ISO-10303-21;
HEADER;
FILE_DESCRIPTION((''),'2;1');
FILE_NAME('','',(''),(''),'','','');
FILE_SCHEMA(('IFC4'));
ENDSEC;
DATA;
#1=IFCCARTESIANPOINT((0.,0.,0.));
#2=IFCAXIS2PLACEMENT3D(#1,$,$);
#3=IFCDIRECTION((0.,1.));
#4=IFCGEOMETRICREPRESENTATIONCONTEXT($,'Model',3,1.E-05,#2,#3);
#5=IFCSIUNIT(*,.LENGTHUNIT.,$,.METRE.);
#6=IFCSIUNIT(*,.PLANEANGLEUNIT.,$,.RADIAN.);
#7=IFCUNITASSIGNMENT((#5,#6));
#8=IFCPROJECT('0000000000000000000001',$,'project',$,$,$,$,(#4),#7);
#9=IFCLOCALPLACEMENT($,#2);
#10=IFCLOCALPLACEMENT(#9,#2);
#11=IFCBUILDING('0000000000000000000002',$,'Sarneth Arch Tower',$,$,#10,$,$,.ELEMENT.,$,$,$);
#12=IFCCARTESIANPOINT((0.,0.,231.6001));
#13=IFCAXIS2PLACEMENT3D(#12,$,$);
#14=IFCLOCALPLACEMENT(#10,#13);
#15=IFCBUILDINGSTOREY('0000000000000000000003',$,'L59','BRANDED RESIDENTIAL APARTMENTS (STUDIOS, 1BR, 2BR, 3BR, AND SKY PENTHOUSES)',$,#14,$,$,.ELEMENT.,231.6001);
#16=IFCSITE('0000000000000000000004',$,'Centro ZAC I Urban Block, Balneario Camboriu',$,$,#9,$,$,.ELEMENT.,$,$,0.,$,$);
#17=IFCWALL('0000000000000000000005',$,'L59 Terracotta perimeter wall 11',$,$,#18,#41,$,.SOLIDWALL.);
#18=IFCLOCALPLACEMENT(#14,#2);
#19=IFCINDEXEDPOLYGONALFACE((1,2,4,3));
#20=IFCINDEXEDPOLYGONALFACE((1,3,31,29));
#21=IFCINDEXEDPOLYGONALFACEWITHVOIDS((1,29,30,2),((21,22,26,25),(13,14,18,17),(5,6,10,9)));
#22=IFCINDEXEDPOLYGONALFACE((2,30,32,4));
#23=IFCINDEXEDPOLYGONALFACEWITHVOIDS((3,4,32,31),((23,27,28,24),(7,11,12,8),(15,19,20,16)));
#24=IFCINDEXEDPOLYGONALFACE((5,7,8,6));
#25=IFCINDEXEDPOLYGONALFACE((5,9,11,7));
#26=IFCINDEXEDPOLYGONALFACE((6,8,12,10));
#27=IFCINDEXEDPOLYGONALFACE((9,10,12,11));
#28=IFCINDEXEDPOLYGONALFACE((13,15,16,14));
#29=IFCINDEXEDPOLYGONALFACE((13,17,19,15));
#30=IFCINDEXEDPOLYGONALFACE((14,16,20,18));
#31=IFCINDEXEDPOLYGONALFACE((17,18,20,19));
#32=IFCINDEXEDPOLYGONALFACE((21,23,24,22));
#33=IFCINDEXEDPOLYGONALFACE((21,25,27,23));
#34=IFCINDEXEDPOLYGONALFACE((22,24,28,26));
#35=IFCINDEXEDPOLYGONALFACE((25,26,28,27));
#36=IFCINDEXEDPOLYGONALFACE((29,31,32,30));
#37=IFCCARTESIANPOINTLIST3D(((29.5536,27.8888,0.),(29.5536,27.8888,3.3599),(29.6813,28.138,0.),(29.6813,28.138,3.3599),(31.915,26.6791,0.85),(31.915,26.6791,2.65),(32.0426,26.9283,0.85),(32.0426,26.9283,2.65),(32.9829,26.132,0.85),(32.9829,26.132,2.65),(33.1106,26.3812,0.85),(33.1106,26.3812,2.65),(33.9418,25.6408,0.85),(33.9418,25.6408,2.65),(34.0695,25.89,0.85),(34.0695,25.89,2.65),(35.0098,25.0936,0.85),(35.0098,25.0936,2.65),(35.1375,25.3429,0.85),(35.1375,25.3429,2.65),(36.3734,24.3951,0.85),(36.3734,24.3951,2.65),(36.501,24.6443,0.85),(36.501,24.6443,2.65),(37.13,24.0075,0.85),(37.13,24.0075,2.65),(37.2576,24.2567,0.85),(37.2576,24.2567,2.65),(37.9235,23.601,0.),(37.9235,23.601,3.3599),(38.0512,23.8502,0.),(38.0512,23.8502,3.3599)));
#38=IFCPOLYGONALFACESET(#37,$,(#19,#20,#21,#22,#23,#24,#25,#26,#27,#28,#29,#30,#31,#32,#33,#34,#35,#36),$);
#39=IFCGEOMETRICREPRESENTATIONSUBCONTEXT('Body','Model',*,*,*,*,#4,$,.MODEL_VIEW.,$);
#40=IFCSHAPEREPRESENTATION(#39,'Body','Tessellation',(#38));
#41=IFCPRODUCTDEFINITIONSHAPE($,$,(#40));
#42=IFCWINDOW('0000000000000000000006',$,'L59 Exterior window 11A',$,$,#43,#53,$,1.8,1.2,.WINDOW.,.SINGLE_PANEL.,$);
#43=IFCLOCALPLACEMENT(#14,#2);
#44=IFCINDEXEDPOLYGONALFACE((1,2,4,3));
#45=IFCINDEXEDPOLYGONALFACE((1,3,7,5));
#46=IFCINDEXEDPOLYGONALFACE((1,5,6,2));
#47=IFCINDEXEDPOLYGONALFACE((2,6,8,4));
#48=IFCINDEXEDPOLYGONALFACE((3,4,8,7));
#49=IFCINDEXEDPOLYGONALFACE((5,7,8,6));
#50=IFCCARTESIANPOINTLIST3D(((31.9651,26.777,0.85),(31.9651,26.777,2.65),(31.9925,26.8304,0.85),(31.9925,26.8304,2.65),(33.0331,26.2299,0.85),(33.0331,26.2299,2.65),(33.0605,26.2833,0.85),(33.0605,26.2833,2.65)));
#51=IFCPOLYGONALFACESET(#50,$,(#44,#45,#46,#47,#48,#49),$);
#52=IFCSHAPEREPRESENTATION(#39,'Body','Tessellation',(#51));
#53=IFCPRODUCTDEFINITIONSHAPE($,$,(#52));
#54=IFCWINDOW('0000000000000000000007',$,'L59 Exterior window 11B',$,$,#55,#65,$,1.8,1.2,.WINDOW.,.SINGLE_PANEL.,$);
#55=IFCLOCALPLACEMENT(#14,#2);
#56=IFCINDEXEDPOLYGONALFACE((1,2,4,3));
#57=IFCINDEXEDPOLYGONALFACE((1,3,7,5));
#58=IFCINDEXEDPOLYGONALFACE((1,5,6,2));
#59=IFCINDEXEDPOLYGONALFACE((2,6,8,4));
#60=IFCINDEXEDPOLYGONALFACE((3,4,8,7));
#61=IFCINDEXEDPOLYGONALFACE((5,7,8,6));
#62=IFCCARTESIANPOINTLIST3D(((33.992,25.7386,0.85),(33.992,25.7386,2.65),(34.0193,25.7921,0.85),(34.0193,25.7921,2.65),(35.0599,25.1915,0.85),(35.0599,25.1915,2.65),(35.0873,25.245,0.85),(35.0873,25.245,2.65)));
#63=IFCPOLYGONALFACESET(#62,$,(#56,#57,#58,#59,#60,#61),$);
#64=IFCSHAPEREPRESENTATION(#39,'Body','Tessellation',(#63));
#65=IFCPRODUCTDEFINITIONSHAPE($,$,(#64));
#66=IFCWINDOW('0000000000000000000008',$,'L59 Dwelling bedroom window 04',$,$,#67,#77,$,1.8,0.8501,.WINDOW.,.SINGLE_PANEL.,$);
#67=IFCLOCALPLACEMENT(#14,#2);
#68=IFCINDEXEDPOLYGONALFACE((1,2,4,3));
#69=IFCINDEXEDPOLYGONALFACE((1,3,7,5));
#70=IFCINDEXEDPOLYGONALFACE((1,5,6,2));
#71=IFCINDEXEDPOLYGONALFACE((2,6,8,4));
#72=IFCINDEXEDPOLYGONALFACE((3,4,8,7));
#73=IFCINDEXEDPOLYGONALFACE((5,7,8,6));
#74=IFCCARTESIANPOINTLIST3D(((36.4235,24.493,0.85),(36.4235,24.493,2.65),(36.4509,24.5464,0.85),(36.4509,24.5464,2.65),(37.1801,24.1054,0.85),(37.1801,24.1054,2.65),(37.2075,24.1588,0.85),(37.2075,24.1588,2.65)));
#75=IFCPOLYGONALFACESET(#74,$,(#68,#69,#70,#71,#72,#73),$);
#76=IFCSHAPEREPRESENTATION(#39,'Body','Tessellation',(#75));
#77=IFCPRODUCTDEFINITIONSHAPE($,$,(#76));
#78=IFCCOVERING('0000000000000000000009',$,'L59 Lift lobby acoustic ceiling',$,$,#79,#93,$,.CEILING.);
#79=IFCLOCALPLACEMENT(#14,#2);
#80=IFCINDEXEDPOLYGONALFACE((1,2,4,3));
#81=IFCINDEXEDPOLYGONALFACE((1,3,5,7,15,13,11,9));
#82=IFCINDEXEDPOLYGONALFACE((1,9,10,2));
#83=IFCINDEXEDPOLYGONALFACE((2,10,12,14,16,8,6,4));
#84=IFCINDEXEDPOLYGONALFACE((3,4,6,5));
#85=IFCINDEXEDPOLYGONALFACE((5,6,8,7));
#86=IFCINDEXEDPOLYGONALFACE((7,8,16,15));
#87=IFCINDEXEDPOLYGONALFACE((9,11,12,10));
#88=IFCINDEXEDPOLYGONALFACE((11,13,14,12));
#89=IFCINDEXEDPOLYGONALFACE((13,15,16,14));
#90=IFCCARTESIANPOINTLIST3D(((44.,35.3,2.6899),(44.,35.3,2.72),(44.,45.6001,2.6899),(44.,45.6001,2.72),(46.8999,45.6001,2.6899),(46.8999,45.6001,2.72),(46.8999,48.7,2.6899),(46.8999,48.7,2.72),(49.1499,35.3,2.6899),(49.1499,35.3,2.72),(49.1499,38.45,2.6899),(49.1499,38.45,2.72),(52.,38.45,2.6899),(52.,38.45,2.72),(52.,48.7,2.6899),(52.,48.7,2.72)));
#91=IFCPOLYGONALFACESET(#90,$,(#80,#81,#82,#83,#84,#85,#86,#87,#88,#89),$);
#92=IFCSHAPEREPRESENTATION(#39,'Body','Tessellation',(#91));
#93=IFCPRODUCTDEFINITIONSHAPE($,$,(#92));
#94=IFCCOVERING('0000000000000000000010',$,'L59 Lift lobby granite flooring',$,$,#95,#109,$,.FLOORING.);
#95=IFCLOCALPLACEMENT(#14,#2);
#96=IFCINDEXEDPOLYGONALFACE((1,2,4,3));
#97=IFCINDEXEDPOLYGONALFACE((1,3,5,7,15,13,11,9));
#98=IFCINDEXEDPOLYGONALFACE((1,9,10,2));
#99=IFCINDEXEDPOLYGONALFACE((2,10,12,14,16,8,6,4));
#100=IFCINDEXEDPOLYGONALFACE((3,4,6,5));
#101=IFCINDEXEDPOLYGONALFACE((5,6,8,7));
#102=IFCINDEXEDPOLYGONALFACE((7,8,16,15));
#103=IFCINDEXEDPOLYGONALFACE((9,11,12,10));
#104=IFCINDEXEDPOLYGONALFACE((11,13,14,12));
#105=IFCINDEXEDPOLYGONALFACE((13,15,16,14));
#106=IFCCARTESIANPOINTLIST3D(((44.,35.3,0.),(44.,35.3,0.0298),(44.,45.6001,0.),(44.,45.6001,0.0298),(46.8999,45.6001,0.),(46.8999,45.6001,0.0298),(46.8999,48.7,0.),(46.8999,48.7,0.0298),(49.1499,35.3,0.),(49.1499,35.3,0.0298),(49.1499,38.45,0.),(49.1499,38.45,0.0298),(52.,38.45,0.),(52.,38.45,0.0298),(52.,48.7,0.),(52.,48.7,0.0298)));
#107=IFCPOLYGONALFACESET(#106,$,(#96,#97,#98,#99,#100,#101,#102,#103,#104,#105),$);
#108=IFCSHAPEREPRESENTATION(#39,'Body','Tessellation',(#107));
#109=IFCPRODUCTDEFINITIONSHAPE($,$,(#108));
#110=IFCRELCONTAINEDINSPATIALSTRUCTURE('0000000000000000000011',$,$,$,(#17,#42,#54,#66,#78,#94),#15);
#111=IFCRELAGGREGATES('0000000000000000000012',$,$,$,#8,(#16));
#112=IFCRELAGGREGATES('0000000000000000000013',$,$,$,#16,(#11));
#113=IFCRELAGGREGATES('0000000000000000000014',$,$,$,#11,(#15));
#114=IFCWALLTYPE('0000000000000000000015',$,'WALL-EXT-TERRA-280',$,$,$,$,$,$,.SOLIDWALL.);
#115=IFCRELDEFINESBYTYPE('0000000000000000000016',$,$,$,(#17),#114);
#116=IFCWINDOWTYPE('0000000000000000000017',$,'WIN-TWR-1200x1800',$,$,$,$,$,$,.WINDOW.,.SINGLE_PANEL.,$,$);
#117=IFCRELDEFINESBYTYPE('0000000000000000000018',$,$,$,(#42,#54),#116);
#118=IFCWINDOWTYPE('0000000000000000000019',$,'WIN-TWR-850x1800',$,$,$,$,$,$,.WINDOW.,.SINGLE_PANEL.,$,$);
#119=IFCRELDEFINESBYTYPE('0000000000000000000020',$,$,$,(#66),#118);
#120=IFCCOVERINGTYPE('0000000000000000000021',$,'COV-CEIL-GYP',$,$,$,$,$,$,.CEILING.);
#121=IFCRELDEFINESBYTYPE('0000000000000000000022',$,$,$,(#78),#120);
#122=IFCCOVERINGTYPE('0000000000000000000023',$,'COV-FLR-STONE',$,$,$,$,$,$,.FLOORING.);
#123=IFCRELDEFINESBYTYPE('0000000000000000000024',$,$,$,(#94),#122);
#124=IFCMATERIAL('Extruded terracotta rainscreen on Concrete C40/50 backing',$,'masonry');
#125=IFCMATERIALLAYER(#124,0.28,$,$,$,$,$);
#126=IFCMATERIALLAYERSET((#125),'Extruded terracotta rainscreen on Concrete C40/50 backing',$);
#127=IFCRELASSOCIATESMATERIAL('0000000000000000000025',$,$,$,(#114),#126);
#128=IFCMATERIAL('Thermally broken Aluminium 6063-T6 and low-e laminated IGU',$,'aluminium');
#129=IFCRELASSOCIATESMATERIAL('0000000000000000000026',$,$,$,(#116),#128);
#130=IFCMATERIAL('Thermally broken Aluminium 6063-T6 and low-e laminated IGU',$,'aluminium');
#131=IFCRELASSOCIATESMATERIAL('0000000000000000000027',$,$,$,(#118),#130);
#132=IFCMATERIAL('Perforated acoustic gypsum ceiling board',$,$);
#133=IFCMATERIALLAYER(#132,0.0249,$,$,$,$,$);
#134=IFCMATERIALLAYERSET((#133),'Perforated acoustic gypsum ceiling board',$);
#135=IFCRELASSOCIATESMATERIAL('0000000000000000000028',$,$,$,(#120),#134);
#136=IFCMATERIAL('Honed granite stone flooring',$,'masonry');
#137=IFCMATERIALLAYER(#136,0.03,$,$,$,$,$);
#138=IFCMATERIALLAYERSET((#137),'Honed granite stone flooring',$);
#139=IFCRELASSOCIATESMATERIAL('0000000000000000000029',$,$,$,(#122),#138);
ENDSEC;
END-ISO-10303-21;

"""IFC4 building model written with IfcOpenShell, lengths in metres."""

from ifc_helpers import new_model, si_unit, direction, frame, frame_2d, origin, place, context, subcontext, project, spatial, polyline, rectangle, outline, extrude, material, layer, layer_set, type_object, element, fill, save


model = new_model("IFC4")

# Units and contexts
model_context = context("Model", 3, precision=1e-05, world=origin(), true_north=direction((0.0, 1.0)))
body_context = subcontext(model_context, "Body", "Model", "MODEL_VIEW")
ifc_project = project(units=[si_unit("LENGTHUNIT", "METRE"), si_unit("PLANEANGLEUNIT", "RADIAN")], contexts=[model_context])

# Site, building, storey
site_placement = place(None, origin())
site = spatial("IfcSite", under=ifc_project, at=site_placement, Name="Centro ZAC I Urban Block, Balneario Camboriu", CompositionType="ELEMENT", RefElevation=0.0)
building_placement = place(site_placement, origin())
building = spatial("IfcBuilding", under=site, at=building_placement, Name="Sarneth Arch Tower", CompositionType="ELEMENT")
storey_placement = place(building_placement, frame((0.0, 0.0, 231.6001)))
storey = spatial("IfcBuildingStorey", under=building, at=storey_placement, Name="L59", Description="BRANDED RESIDENTIAL APARTMENTS (STUDIOS, 1BR, 2BR, 3BR, AND SKY PENTHOUSES)", CompositionType="ELEMENT", Elevation=231.6001)

# Wall, openings, windows
ifc_material_1 = material(Name="Extruded terracotta rainscreen on Concrete C40/50 backing", Category="masonry")
ifc_layer_1 = layer(ifc_material_1, 0.28)
ifc_layer_set_1 = layer_set([ifc_layer_1], Name="Extruded terracotta rainscreen on Concrete C40/50 backing")
wall_type = type_object("IfcWallType", Name="WALL-EXT-TERRA-280", PredefinedType="SOLIDWALL", material=ifc_layer_set_1)
wall_placement = place(storey_placement, frame((29.6174, 28.0134, 0.0), z_axis=(0.0, 0.0, 1.0), x_axis=(0.890007, -0.455946, 0.0)))
wall = element("IfcWall", 1, at=wall_placement, inside=storey, type_object=wall_type, Name="L59 Terracotta perimeter wall 11", PredefinedType="SOLIDWALL", context=body_context, shape_type="SweptSolid", body=[
    extrude(rectangle(XDim=9.4043, YDim=0.28, at=frame_2d((4.7021, 0.0))), origin(), (0.0, 0.0, 1.0), 3.3599),
])
opening_1_placement = place(wall_placement, frame((2.6531, 0.0, 0.8501)))
opening_1 = element("IfcOpeningElement", 2, at=opening_1_placement, cuts=wall, PredefinedType="OPENING", context=body_context, shape_type="SweptSolid", body=[
    extrude(rectangle(XDim=1.2, YDim=1.8, at=frame_2d((0.6001, 0.8999))), frame((0.0, 0.1499, 0.0), z_axis=(0.0, -1.0, 0.0), x_axis=(1.0, 0.0, 0.0)), (0.0, 0.0, 1.0), 0.3),
])
opening_2_placement = place(wall_placement, frame((4.9304, 0.0, 0.8501)))
opening_2 = element("IfcOpeningElement", 3, at=opening_2_placement, cuts=wall, PredefinedType="OPENING", context=body_context, shape_type="SweptSolid", body=[
    extrude(rectangle(XDim=1.2, YDim=1.8, at=frame_2d((0.6001, 0.8999))), frame((0.0, 0.1499, 0.0), z_axis=(0.0, -1.0, 0.0), x_axis=(1.0, 0.0, 0.0)), (0.0, 0.0, 1.0), 0.3),
])
opening_3_placement = place(wall_placement, frame((7.6626, 0.0, 0.8501)))
opening_3 = element("IfcOpeningElement", 4, at=opening_3_placement, cuts=wall, PredefinedType="OPENING", context=body_context, shape_type="SweptSolid", body=[
    extrude(rectangle(XDim=0.8501, YDim=1.8, at=frame_2d((0.425, 0.8999))), frame((0.0, 0.1499, 0.0), z_axis=(0.0, -1.0, 0.0), x_axis=(1.0, 0.0, 0.0)), (0.0, 0.0, 1.0), 0.3),
])
ifc_material_2 = material(Name="Thermally broken Aluminium 6063-T6 and low-e laminated IGU", Category="aluminium")
window_type_1 = type_object("IfcWindowType", Name="WIN-TWR-1200x1800", PartitioningType="SINGLE_PANEL", PredefinedType="WINDOW", material=ifc_material_2)
window_1_placement = place(opening_1_placement, origin())
window_1 = element("IfcWindow", 5, at=window_1_placement, inside=storey, type_object=window_type_1, Name="L59 Exterior window 11A", OverallHeight=1.8, OverallWidth=1.2, PartitioningType="SINGLE_PANEL", PredefinedType="WINDOW", context=body_context, shape_type="SweptSolid", body=[
    extrude(rectangle(XDim=1.2, YDim=1.8, at=frame_2d((0.6001, 0.8999))), frame((0.0, 0.03, 0.0), z_axis=(0.0, -1.0, 0.0), x_axis=(1.0, 0.0, 0.0)), (0.0, 0.0, 1.0), 0.0601),
])
fill(opening_1, window_1)
window_2_placement = place(opening_2_placement, origin())
window_2 = element("IfcWindow", 6, at=window_2_placement, inside=storey, type_object=window_type_1, Name="L59 Exterior window 11B", OverallHeight=1.8, OverallWidth=1.2, PartitioningType="SINGLE_PANEL", PredefinedType="WINDOW", context=body_context, shape_type="SweptSolid", body=[
    extrude(rectangle(XDim=1.2, YDim=1.8, at=frame_2d((0.6001, 0.8999))), frame((0.0, 0.03, 0.0), z_axis=(0.0, -1.0, 0.0), x_axis=(1.0, 0.0, 0.0)), (0.0, 0.0, 1.0), 0.0601),
])
fill(opening_2, window_2)
ifc_material_3 = material(Name="Thermally broken Aluminium 6063-T6 and low-e laminated IGU", Category="aluminium")
window_type_2 = type_object("IfcWindowType", Name="WIN-TWR-850x1800", PartitioningType="SINGLE_PANEL", PredefinedType="WINDOW", material=ifc_material_3)
window_3_placement = place(opening_3_placement, origin())
window_3 = element("IfcWindow", 7, at=window_3_placement, inside=storey, type_object=window_type_2, Name="L59 Dwelling bedroom window 04", OverallHeight=1.8, OverallWidth=0.8501, PartitioningType="SINGLE_PANEL", PredefinedType="WINDOW", context=body_context, shape_type="SweptSolid", body=[
    extrude(rectangle(XDim=0.8501, YDim=1.8, at=frame_2d((0.425, 0.8999))), frame((0.0, 0.03, 0.0), z_axis=(0.0, -1.0, 0.0), x_axis=(1.0, 0.0, 0.0)), (0.0, 0.0, 1.0), 0.0601),
])
fill(opening_3, window_3)

# Coverings
ifc_material_4 = material(Name="Perforated acoustic gypsum ceiling board")
ifc_layer_2 = layer(ifc_material_4, 0.0249)
ifc_layer_set_2 = layer_set([ifc_layer_2], Name="Perforated acoustic gypsum ceiling board")
covering_type_1 = type_object("IfcCoveringType", Name="COV-CEIL-GYP", PredefinedType="CEILING", material=ifc_layer_set_2)
covering_1_placement = place(storey_placement, frame((0.0, 0.0, 2.6899)))
element("IfcCovering", 8, at=covering_1_placement, inside=storey, type_object=covering_type_1, Name="L59 Lift lobby acoustic ceiling", PredefinedType="CEILING", context=body_context, shape_type="SweptSolid", body=[
    extrude(outline(polyline([(49.1499, 38.45), (49.1499, 35.3), (44.0, 35.3), (44.0, 45.6001), (46.8999, 45.6001), (46.8999, 48.7), (52.0, 48.7), (52.0, 38.45), (49.1499, 38.45)])), origin(), (0.0, 0.0, 1.0), 0.03),
])
ifc_material_5 = material(Name="Honed granite stone flooring", Category="masonry")
ifc_layer_3 = layer(ifc_material_5, 0.03)
ifc_layer_set_3 = layer_set([ifc_layer_3], Name="Honed granite stone flooring")
covering_type_2 = type_object("IfcCoveringType", Name="COV-FLR-STONE", PredefinedType="FLOORING", material=ifc_layer_set_3)
covering_2_placement = place(storey_placement, origin())
element("IfcCovering", 9, at=covering_2_placement, inside=storey, type_object=covering_type_2, Name="L59 Lift lobby granite flooring", PredefinedType="FLOORING", context=body_context, shape_type="SweptSolid", body=[
    extrude(outline(polyline([(49.1499, 38.45), (49.1499, 35.3), (44.0, 35.3), (44.0, 45.6001), (46.8999, 45.6001), (46.8999, 48.7), (52.0, 48.7), (52.0, 38.45), (49.1499, 38.45)])), origin(), (0.0, 0.0, 1.0), 0.0298),
])

save(model, "model.ifc")
